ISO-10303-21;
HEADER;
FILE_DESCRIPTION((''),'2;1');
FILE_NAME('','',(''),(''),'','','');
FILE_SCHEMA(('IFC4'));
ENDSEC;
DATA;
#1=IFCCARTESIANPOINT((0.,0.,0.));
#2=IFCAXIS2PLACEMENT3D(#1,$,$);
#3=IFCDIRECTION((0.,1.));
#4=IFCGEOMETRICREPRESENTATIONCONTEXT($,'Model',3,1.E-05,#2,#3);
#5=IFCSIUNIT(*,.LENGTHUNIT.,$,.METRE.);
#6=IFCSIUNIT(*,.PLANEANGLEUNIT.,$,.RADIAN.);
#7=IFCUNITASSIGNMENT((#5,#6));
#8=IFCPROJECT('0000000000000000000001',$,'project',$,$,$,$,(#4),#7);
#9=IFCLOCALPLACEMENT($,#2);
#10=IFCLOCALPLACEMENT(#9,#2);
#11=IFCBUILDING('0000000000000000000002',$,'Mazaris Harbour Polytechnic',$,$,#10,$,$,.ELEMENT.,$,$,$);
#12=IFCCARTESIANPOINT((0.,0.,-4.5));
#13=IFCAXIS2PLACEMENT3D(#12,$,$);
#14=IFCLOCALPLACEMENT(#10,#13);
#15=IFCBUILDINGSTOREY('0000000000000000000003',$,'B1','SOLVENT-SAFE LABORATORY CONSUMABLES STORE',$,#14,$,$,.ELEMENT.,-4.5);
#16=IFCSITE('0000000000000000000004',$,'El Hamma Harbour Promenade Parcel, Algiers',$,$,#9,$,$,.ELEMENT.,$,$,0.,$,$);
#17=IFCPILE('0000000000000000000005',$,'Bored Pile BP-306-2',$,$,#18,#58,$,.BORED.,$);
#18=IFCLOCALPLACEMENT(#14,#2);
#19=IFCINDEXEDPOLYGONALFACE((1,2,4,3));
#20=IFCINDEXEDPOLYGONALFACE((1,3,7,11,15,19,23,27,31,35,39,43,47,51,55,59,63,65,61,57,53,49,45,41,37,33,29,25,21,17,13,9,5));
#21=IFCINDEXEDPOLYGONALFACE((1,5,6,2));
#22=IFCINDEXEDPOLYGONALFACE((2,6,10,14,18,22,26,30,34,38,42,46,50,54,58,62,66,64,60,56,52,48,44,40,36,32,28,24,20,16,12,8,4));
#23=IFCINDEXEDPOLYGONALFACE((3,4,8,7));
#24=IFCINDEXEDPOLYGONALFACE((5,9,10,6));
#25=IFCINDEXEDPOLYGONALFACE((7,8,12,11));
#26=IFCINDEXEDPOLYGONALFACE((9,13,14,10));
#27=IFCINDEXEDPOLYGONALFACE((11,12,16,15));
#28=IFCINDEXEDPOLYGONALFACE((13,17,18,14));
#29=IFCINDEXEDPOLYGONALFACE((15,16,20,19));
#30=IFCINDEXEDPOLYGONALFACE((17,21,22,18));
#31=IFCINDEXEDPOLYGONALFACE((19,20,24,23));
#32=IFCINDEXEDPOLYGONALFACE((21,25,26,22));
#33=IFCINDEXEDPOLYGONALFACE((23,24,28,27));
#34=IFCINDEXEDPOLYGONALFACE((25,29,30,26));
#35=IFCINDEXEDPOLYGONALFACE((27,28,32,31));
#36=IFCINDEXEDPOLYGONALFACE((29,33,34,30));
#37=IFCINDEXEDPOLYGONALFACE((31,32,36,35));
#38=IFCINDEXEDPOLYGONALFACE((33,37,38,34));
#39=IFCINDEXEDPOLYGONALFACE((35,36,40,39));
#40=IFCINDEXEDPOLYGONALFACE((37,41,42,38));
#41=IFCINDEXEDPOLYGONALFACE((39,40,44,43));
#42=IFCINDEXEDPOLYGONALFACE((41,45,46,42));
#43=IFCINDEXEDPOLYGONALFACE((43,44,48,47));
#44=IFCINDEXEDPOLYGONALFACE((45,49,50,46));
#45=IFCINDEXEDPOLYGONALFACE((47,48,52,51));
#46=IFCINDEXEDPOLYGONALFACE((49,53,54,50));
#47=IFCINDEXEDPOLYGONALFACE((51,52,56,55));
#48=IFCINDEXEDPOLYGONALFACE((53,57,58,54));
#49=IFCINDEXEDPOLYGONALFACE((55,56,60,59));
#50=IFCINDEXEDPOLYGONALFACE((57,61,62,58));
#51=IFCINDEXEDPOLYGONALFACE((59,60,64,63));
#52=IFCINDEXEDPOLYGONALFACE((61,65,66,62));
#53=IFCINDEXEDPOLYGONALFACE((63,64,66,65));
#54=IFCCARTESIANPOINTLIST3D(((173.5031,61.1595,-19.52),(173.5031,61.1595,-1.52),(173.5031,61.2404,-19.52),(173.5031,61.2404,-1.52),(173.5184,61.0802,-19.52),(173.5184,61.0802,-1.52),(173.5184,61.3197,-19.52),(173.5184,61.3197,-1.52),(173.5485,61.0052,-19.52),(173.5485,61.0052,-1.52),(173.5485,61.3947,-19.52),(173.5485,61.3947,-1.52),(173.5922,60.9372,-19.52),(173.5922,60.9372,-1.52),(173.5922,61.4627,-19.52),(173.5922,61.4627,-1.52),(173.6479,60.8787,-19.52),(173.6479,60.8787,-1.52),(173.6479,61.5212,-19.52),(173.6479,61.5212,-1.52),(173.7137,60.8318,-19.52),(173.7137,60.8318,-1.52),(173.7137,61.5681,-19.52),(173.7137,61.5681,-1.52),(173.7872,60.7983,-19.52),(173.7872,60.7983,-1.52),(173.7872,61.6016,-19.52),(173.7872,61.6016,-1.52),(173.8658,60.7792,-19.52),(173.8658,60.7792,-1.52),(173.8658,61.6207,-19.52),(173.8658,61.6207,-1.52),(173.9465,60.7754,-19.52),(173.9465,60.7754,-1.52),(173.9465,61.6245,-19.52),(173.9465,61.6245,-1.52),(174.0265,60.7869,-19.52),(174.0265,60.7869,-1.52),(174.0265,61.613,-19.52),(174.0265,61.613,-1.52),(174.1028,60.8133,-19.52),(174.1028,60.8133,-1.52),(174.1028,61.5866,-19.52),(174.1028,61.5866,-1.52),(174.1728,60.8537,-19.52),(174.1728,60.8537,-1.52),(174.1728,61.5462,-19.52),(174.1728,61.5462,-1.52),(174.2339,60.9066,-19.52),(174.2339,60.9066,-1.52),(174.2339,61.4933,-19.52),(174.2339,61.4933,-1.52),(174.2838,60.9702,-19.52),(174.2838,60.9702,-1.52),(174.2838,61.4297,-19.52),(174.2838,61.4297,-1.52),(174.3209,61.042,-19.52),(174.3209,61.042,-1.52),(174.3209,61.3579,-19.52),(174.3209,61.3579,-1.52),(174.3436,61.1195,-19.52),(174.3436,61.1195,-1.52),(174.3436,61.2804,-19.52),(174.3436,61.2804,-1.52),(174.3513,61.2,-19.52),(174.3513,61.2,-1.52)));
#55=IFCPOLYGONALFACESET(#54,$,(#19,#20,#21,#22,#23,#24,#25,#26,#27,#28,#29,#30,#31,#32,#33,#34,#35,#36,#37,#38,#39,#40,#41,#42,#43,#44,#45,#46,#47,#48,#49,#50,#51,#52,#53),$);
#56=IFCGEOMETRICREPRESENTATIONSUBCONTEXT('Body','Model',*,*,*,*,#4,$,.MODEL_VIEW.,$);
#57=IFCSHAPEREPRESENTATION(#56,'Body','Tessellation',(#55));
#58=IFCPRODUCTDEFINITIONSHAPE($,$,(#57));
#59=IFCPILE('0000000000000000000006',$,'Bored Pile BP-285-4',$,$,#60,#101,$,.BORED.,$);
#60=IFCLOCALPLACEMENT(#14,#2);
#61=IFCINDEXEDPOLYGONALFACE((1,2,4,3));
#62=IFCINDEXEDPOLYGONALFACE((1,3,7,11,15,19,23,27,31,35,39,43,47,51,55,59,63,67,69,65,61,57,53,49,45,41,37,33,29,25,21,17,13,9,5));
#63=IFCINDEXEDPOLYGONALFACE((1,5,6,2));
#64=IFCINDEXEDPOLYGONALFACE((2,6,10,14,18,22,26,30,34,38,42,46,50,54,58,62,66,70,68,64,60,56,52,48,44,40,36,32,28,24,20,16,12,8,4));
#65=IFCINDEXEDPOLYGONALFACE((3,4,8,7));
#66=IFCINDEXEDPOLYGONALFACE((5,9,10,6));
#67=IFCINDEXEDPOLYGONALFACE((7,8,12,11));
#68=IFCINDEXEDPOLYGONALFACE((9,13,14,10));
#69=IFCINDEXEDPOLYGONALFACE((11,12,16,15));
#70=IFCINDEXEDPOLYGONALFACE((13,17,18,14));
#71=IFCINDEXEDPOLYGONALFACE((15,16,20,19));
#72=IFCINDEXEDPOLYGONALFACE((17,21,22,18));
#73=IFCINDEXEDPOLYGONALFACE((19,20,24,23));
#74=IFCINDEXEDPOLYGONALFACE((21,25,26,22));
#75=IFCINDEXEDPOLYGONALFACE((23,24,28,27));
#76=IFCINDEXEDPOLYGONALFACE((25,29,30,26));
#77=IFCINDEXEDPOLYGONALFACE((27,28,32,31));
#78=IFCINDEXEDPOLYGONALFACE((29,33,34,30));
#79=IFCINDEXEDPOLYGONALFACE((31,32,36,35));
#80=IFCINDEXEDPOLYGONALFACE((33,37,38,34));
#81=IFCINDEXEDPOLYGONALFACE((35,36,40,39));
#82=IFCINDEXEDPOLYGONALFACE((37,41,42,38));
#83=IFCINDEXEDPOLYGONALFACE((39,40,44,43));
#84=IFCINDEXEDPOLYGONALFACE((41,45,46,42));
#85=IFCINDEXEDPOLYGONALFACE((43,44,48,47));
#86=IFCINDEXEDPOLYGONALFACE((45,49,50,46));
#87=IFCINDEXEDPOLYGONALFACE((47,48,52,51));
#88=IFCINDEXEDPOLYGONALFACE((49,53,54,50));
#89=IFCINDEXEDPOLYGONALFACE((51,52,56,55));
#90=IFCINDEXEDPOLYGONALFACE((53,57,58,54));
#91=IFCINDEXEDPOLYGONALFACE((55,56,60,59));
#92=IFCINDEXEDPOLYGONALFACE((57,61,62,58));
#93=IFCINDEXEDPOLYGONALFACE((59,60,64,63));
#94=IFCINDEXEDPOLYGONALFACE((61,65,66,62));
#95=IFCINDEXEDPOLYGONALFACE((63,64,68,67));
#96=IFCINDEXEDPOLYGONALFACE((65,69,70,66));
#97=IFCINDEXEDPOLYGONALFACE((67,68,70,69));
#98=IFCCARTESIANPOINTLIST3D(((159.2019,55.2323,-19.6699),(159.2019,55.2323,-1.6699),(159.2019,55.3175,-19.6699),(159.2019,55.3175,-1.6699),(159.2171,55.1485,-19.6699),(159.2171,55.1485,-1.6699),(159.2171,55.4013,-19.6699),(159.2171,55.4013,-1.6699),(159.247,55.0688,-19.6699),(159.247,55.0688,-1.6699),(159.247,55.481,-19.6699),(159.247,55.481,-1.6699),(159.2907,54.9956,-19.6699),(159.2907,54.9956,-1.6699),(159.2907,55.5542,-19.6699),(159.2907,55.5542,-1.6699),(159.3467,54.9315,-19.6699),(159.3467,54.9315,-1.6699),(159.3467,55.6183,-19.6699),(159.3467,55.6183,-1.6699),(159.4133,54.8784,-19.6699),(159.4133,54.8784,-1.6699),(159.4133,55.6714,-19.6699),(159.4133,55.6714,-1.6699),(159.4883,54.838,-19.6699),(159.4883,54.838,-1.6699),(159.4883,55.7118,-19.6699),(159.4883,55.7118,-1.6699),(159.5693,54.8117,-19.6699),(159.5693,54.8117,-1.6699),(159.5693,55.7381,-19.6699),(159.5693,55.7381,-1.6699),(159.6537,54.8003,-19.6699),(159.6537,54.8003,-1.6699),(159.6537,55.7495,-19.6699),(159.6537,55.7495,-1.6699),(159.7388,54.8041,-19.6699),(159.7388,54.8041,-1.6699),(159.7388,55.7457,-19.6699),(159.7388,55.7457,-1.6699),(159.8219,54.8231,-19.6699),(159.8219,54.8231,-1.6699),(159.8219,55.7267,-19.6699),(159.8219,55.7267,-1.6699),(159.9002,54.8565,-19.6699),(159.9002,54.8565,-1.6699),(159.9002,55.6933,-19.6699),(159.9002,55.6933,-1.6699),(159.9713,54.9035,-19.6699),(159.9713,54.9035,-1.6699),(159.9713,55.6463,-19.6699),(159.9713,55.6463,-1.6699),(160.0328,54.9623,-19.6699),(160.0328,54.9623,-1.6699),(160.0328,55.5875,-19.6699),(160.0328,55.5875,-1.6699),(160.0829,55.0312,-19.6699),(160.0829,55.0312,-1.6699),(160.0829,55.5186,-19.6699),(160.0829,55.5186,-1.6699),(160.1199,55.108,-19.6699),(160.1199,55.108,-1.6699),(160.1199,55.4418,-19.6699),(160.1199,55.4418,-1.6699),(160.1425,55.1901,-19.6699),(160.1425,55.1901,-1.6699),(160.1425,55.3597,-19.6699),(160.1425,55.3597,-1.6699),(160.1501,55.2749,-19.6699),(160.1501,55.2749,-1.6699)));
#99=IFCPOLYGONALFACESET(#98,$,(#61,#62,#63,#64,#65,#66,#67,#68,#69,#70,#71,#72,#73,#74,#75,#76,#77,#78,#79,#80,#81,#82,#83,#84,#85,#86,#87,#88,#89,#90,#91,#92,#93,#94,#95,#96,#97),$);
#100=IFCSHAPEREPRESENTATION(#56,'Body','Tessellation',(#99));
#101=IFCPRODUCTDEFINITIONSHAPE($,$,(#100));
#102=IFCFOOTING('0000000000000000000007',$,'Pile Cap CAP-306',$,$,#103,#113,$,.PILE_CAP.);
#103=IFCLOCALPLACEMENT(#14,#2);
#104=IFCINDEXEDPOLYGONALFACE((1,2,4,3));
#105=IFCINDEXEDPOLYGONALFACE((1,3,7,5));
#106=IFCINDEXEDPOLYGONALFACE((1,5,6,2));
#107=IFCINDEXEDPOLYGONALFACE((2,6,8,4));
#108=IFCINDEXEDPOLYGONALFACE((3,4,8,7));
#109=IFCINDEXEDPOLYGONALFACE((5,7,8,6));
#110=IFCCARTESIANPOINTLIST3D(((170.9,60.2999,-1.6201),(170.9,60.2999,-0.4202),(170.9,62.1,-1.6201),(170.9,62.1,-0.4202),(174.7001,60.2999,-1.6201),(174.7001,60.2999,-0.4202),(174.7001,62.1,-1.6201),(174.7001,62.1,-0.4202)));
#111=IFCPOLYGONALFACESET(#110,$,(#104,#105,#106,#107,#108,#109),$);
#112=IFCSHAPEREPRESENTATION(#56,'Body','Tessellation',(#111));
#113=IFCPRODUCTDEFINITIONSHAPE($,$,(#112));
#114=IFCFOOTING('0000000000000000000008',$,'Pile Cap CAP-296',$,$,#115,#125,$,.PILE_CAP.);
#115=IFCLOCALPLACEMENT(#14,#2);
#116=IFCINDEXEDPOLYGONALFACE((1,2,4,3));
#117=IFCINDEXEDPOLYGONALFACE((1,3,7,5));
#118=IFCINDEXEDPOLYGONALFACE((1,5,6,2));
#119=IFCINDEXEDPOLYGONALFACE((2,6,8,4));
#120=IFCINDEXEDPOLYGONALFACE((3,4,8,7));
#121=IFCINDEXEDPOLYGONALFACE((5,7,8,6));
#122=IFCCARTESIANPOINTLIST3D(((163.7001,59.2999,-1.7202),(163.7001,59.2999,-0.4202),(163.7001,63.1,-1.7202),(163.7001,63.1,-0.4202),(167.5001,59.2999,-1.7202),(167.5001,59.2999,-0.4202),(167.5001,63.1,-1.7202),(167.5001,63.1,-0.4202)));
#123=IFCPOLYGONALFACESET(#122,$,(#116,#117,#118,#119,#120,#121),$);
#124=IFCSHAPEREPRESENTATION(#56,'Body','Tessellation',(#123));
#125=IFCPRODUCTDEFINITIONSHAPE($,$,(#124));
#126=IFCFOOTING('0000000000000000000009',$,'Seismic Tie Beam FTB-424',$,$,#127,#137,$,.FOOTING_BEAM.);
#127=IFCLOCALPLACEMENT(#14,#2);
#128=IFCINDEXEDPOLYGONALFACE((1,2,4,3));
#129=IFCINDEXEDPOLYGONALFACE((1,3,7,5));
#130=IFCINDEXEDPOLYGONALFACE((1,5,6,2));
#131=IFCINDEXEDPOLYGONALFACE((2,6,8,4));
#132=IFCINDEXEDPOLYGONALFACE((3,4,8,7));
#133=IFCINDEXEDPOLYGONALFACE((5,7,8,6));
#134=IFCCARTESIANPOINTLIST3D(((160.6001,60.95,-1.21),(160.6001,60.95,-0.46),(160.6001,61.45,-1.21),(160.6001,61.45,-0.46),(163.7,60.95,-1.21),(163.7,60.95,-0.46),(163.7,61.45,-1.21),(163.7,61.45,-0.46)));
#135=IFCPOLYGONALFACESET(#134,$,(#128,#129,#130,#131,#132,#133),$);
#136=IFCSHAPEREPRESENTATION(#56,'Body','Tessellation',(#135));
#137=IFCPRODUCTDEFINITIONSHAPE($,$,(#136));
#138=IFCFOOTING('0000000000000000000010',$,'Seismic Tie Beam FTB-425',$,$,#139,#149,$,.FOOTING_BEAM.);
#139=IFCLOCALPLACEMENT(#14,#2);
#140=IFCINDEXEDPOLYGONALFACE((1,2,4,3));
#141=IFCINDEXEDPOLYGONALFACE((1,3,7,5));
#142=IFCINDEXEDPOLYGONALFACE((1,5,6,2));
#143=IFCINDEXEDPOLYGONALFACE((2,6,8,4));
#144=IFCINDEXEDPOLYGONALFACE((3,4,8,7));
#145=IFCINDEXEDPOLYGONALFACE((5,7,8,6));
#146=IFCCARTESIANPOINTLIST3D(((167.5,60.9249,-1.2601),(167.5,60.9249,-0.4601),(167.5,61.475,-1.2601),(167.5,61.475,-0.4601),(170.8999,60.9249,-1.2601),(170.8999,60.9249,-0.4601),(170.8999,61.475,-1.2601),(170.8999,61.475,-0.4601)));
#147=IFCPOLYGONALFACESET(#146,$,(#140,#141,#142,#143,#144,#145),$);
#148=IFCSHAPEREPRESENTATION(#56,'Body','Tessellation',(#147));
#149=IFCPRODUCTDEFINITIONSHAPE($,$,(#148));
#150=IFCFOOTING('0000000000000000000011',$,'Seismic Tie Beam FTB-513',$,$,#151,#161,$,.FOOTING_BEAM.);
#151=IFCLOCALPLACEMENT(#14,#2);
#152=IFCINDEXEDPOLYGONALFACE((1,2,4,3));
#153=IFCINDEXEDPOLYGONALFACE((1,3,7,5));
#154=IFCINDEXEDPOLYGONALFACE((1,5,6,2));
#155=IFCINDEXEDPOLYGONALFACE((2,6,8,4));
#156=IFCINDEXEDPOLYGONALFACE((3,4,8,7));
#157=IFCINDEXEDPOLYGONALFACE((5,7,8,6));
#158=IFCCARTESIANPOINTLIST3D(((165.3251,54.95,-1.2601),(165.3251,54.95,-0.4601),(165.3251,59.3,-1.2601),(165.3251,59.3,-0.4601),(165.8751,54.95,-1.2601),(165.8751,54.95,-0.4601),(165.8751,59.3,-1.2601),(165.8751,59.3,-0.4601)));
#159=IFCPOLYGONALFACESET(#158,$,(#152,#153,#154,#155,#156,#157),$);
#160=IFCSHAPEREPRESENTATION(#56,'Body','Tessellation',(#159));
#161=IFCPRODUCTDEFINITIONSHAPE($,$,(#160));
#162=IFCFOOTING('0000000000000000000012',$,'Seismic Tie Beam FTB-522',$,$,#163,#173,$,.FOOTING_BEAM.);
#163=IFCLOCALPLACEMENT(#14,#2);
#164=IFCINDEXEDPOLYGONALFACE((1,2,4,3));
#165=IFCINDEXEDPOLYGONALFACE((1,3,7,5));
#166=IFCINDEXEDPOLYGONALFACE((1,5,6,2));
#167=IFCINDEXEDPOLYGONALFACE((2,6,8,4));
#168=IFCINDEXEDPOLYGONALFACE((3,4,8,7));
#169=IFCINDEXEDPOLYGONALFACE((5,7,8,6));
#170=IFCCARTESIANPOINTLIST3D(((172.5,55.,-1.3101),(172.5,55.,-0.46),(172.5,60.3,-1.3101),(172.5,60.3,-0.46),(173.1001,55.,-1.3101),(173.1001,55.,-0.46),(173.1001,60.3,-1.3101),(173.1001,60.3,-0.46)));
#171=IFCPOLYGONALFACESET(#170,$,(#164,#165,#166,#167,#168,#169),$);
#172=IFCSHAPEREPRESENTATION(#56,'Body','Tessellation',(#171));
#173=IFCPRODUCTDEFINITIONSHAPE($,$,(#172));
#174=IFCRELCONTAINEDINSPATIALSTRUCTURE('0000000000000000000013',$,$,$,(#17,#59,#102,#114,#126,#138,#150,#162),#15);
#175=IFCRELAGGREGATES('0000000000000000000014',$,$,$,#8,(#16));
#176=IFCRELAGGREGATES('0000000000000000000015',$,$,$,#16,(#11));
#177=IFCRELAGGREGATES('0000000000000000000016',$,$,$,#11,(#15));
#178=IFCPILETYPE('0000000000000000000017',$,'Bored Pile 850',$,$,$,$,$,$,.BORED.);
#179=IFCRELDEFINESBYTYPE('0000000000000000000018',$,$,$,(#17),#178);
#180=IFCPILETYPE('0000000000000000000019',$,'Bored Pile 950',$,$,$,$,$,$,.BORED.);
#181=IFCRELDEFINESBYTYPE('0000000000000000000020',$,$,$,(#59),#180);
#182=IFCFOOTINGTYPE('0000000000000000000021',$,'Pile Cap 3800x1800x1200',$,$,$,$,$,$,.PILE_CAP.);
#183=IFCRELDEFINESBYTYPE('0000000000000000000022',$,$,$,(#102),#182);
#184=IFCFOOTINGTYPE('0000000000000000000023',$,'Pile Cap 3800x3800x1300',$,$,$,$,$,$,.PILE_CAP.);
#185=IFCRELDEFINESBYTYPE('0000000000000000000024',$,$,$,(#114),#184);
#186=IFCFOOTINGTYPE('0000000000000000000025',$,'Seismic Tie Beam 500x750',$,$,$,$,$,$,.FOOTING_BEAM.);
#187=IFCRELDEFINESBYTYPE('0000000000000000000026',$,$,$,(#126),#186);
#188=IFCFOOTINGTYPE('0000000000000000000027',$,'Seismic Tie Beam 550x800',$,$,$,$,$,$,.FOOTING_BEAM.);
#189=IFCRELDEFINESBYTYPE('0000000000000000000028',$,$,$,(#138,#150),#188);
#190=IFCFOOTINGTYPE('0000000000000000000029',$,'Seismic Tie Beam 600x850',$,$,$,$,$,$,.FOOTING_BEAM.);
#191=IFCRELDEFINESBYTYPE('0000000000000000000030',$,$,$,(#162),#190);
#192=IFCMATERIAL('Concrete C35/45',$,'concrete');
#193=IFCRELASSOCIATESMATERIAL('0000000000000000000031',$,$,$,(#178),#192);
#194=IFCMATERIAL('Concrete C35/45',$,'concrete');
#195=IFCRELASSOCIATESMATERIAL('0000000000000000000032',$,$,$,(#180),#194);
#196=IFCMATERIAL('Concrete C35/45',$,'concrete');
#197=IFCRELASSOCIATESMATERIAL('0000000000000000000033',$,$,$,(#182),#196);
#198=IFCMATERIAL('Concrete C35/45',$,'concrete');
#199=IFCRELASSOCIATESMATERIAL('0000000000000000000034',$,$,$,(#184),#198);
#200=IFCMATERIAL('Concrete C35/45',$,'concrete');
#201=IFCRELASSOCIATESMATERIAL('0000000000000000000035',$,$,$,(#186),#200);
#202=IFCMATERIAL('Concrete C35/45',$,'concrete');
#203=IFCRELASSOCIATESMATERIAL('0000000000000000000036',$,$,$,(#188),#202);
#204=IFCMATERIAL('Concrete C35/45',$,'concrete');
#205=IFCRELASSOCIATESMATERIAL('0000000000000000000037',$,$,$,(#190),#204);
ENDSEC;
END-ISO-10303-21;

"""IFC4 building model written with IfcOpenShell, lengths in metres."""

from ifc_helpers import new_model, si_unit, direction, frame, origin, origin_2d, place, context, subcontext, project, spatial, rectangle, circle, extrude, material, material_profile, profile_set, type_object, element, save


model = new_model("IFC4")

# Units and contexts
model_context = context("Model", 3, precision=1e-05, world=origin(), true_north=direction((0.0, 1.0)))
body_context = subcontext(model_context, "Body", "Model", "MODEL_VIEW")
ifc_project = project(units=[si_unit("LENGTHUNIT", "METRE"), si_unit("PLANEANGLEUNIT", "RADIAN")], contexts=[model_context])

# Site, building, storey
site_placement = place(None, origin())
site = spatial("IfcSite", under=ifc_project, at=site_placement, Name="El Hamma Harbour Promenade Parcel, Algiers", CompositionType="ELEMENT", RefElevation=0.0)
building_placement = place(site_placement, origin())
building = spatial("IfcBuilding", under=site, at=building_placement, Name="Mazaris Harbour Polytechnic", CompositionType="ELEMENT")
storey_placement = place(building_placement, frame((0.0, 0.0, -4.5)))
storey = spatial("IfcBuildingStorey", under=building, at=storey_placement, Name="B1", Description="SOLVENT-SAFE LABORATORY CONSUMABLES STORE", CompositionType="ELEMENT", Elevation=-4.5)

# Piles
ifc_material_1 = material(Name="Concrete C35/45", Category="concrete")
ifc_material_profile_1 = material_profile(ifc_material_1, circle(Radius=0.425, at=origin_2d()), Name="DIA850")
ifc_profile_set_1 = profile_set([ifc_material_profile_1], Name="Concrete C35/45")
pile_type_1 = type_object("IfcPileType", Name="Bored Pile 850", PredefinedType="BORED", material=ifc_profile_set_1)
for number, where, z_axis, x_axis, name in (
    (1, (173.9263, 61.2, -1.52), (0.0, 0.0, -1.0), (1.0, 0.0, 0.0), "Bored Pile BP-306-2"),
):
    element("IfcPile", number, at=place(storey_placement, frame(where, z_axis=z_axis, x_axis=x_axis)), inside=storey, type_object=pile_type_1, Name=name, PredefinedType="BORED", context=body_context, shape_type="SweptSolid", body=[
        extrude(circle(Radius=0.425, at=origin_2d()), origin(), (0.0, 0.0, 1.0), 18.0),
    ])
ifc_material_2 = material(Name="Concrete C35/45", Category="concrete")
ifc_material_profile_2 = material_profile(ifc_material_2, circle(Radius=0.4751, at=origin_2d()), Name="DIA950")
ifc_profile_set_2 = profile_set([ifc_material_profile_2], Name="Concrete C35/45")
pile_type_2 = type_object("IfcPileType", Name="Bored Pile 950", PredefinedType="BORED", material=ifc_profile_set_2)
pile_1_placement = place(storey_placement, frame((159.675, 55.2749, -1.6699), z_axis=(0.0, 0.0, -1.0), x_axis=(1.0, 0.0, 0.0)))
element("IfcPile", 2, at=pile_1_placement, inside=storey, type_object=pile_type_2, Name="Bored Pile BP-285-4", PredefinedType="BORED", context=body_context, shape_type="SweptSolid", body=[
    extrude(circle(Radius=0.4751, at=origin_2d()), origin(), (0.0, 0.0, 1.0), 18.0),
])

# Footings
ifc_material_3 = material(Name="Concrete C35/45", Category="concrete")
footing_type_1 = type_object("IfcFootingType", Name="Pile Cap 3800x1800x1200", PredefinedType="PILE_CAP", material=ifc_material_3)
footing_1_placement = place(storey_placement, frame((172.8, 61.2, -1.6201), z_axis=(0.0, 0.0, 1.0), x_axis=(1.0, 0.0, 0.0)))
element("IfcFooting", 3, at=footing_1_placement, inside=storey, type_object=footing_type_1, Name="Pile Cap CAP-306", PredefinedType="PILE_CAP", context=body_context, shape_type="SweptSolid", body=[
    extrude(rectangle(XDim=3.8, YDim=1.8, at=origin_2d()), origin(), (0.0, 0.0, 1.0), 1.2),
])
ifc_material_4 = material(Name="Concrete C35/45", Category="concrete")
footing_type_2 = type_object("IfcFootingType", Name="Pile Cap 3800x3800x1300", PredefinedType="PILE_CAP", material=ifc_material_4)
footing_2_placement = place(storey_placement, frame((165.6001, 61.2, -1.7202), z_axis=(0.0, 0.0, 1.0), x_axis=(1.0, 0.0, 0.0)))
element("IfcFooting", 4, at=footing_2_placement, inside=storey, type_object=footing_type_2, Name="Pile Cap CAP-296", PredefinedType="PILE_CAP", context=body_context, shape_type="SweptSolid", body=[
    extrude(rectangle(XDim=3.8, YDim=3.8, at=origin_2d()), origin(), (0.0, 0.0, 1.0), 1.3),
])
ifc_material_5 = material(Name="Concrete C35/45", Category="concrete")
ifc_material_profile_3 = material_profile(ifc_material_5, rectangle(XDim=0.5, YDim=0.75, at=origin_2d()), Name="RECT500x750")
ifc_profile_set_3 = profile_set([ifc_material_profile_3], Name="Concrete C35/45")
footing_type_3 = type_object("IfcFootingType", Name="Seismic Tie Beam 500x750", PredefinedType="FOOTING_BEAM", material=ifc_profile_set_3)
footing_3_placement = place(storey_placement, frame((160.6001, 61.2, -0.835), z_axis=(1.0, 0.0, 0.0), x_axis=(0.0, 1.0, 0.0)))
element("IfcFooting", 5, at=footing_3_placement, inside=storey, type_object=footing_type_3, Name="Seismic Tie Beam FTB-424", PredefinedType="FOOTING_BEAM", context=body_context, shape_type="SweptSolid", body=[
    extrude(rectangle(XDim=0.5, YDim=0.75, at=origin_2d()), origin(), (0.0, 0.0, 1.0), 3.0999),
])
ifc_material_6 = material(Name="Concrete C35/45", Category="concrete")
ifc_material_profile_4 = material_profile(ifc_material_6, rectangle(XDim=0.55, YDim=0.8, at=origin_2d()), Name="RECT550x800")
ifc_profile_set_4 = profile_set([ifc_material_profile_4], Name="Concrete C35/45")
footing_type_4 = type_object("IfcFootingType", Name="Seismic Tie Beam 550x800", PredefinedType="FOOTING_BEAM", material=ifc_profile_set_4)
footing_4_placement = place(storey_placement, frame((167.5, 61.2, -0.8601), z_axis=(1.0, 0.0, 0.0), x_axis=(0.0, 1.0, 0.0)))
element("IfcFooting", 6, at=footing_4_placement, inside=storey, type_object=footing_type_4, Name="Seismic Tie Beam FTB-425", PredefinedType="FOOTING_BEAM", context=body_context, shape_type="SweptSolid", body=[
    extrude(rectangle(XDim=0.55, YDim=0.8, at=origin_2d()), origin(), (0.0, 0.0, 1.0), 3.3999),
])
footing_5_placement = place(storey_placement, frame((165.6001, 54.95, -0.8601), z_axis=(0.0, 1.0, 0.0), x_axis=(-1.0, 0.0, 0.0)))
element("IfcFooting", 7, at=footing_5_placement, inside=storey, type_object=footing_type_4, Name="Seismic Tie Beam FTB-513", PredefinedType="FOOTING_BEAM", context=body_context, shape_type="SweptSolid", body=[
    extrude(rectangle(XDim=0.55, YDim=0.8, at=origin_2d()), origin(), (0.0, 0.0, 1.0), 4.3501),
])
ifc_material_7 = material(Name="Concrete C35/45", Category="concrete")
ifc_material_profile_5 = material_profile(ifc_material_7, rectangle(XDim=0.6001, YDim=0.8501, at=origin_2d()), Name="RECT600x850")
ifc_profile_set_5 = profile_set([ifc_material_profile_5], Name="Concrete C35/45")
footing_type_5 = type_object("IfcFootingType", Name="Seismic Tie Beam 600x850", PredefinedType="FOOTING_BEAM", material=ifc_profile_set_5)
footing_6_placement = place(storey_placement, frame((172.8, 55.0, -0.885), z_axis=(0.0, 1.0, 0.0), x_axis=(-1.0, 0.0, 0.0)))
element("IfcFooting", 8, at=footing_6_placement, inside=storey, type_object=footing_type_5, Name="Seismic Tie Beam FTB-522", PredefinedType="FOOTING_BEAM", context=body_context, shape_type="SweptSolid", body=[
    extrude(rectangle(XDim=0.6001, YDim=0.8501, at=origin_2d()), origin(), (0.0, 0.0, 1.0), 5.3),
])

save(model, "model.ifc")
